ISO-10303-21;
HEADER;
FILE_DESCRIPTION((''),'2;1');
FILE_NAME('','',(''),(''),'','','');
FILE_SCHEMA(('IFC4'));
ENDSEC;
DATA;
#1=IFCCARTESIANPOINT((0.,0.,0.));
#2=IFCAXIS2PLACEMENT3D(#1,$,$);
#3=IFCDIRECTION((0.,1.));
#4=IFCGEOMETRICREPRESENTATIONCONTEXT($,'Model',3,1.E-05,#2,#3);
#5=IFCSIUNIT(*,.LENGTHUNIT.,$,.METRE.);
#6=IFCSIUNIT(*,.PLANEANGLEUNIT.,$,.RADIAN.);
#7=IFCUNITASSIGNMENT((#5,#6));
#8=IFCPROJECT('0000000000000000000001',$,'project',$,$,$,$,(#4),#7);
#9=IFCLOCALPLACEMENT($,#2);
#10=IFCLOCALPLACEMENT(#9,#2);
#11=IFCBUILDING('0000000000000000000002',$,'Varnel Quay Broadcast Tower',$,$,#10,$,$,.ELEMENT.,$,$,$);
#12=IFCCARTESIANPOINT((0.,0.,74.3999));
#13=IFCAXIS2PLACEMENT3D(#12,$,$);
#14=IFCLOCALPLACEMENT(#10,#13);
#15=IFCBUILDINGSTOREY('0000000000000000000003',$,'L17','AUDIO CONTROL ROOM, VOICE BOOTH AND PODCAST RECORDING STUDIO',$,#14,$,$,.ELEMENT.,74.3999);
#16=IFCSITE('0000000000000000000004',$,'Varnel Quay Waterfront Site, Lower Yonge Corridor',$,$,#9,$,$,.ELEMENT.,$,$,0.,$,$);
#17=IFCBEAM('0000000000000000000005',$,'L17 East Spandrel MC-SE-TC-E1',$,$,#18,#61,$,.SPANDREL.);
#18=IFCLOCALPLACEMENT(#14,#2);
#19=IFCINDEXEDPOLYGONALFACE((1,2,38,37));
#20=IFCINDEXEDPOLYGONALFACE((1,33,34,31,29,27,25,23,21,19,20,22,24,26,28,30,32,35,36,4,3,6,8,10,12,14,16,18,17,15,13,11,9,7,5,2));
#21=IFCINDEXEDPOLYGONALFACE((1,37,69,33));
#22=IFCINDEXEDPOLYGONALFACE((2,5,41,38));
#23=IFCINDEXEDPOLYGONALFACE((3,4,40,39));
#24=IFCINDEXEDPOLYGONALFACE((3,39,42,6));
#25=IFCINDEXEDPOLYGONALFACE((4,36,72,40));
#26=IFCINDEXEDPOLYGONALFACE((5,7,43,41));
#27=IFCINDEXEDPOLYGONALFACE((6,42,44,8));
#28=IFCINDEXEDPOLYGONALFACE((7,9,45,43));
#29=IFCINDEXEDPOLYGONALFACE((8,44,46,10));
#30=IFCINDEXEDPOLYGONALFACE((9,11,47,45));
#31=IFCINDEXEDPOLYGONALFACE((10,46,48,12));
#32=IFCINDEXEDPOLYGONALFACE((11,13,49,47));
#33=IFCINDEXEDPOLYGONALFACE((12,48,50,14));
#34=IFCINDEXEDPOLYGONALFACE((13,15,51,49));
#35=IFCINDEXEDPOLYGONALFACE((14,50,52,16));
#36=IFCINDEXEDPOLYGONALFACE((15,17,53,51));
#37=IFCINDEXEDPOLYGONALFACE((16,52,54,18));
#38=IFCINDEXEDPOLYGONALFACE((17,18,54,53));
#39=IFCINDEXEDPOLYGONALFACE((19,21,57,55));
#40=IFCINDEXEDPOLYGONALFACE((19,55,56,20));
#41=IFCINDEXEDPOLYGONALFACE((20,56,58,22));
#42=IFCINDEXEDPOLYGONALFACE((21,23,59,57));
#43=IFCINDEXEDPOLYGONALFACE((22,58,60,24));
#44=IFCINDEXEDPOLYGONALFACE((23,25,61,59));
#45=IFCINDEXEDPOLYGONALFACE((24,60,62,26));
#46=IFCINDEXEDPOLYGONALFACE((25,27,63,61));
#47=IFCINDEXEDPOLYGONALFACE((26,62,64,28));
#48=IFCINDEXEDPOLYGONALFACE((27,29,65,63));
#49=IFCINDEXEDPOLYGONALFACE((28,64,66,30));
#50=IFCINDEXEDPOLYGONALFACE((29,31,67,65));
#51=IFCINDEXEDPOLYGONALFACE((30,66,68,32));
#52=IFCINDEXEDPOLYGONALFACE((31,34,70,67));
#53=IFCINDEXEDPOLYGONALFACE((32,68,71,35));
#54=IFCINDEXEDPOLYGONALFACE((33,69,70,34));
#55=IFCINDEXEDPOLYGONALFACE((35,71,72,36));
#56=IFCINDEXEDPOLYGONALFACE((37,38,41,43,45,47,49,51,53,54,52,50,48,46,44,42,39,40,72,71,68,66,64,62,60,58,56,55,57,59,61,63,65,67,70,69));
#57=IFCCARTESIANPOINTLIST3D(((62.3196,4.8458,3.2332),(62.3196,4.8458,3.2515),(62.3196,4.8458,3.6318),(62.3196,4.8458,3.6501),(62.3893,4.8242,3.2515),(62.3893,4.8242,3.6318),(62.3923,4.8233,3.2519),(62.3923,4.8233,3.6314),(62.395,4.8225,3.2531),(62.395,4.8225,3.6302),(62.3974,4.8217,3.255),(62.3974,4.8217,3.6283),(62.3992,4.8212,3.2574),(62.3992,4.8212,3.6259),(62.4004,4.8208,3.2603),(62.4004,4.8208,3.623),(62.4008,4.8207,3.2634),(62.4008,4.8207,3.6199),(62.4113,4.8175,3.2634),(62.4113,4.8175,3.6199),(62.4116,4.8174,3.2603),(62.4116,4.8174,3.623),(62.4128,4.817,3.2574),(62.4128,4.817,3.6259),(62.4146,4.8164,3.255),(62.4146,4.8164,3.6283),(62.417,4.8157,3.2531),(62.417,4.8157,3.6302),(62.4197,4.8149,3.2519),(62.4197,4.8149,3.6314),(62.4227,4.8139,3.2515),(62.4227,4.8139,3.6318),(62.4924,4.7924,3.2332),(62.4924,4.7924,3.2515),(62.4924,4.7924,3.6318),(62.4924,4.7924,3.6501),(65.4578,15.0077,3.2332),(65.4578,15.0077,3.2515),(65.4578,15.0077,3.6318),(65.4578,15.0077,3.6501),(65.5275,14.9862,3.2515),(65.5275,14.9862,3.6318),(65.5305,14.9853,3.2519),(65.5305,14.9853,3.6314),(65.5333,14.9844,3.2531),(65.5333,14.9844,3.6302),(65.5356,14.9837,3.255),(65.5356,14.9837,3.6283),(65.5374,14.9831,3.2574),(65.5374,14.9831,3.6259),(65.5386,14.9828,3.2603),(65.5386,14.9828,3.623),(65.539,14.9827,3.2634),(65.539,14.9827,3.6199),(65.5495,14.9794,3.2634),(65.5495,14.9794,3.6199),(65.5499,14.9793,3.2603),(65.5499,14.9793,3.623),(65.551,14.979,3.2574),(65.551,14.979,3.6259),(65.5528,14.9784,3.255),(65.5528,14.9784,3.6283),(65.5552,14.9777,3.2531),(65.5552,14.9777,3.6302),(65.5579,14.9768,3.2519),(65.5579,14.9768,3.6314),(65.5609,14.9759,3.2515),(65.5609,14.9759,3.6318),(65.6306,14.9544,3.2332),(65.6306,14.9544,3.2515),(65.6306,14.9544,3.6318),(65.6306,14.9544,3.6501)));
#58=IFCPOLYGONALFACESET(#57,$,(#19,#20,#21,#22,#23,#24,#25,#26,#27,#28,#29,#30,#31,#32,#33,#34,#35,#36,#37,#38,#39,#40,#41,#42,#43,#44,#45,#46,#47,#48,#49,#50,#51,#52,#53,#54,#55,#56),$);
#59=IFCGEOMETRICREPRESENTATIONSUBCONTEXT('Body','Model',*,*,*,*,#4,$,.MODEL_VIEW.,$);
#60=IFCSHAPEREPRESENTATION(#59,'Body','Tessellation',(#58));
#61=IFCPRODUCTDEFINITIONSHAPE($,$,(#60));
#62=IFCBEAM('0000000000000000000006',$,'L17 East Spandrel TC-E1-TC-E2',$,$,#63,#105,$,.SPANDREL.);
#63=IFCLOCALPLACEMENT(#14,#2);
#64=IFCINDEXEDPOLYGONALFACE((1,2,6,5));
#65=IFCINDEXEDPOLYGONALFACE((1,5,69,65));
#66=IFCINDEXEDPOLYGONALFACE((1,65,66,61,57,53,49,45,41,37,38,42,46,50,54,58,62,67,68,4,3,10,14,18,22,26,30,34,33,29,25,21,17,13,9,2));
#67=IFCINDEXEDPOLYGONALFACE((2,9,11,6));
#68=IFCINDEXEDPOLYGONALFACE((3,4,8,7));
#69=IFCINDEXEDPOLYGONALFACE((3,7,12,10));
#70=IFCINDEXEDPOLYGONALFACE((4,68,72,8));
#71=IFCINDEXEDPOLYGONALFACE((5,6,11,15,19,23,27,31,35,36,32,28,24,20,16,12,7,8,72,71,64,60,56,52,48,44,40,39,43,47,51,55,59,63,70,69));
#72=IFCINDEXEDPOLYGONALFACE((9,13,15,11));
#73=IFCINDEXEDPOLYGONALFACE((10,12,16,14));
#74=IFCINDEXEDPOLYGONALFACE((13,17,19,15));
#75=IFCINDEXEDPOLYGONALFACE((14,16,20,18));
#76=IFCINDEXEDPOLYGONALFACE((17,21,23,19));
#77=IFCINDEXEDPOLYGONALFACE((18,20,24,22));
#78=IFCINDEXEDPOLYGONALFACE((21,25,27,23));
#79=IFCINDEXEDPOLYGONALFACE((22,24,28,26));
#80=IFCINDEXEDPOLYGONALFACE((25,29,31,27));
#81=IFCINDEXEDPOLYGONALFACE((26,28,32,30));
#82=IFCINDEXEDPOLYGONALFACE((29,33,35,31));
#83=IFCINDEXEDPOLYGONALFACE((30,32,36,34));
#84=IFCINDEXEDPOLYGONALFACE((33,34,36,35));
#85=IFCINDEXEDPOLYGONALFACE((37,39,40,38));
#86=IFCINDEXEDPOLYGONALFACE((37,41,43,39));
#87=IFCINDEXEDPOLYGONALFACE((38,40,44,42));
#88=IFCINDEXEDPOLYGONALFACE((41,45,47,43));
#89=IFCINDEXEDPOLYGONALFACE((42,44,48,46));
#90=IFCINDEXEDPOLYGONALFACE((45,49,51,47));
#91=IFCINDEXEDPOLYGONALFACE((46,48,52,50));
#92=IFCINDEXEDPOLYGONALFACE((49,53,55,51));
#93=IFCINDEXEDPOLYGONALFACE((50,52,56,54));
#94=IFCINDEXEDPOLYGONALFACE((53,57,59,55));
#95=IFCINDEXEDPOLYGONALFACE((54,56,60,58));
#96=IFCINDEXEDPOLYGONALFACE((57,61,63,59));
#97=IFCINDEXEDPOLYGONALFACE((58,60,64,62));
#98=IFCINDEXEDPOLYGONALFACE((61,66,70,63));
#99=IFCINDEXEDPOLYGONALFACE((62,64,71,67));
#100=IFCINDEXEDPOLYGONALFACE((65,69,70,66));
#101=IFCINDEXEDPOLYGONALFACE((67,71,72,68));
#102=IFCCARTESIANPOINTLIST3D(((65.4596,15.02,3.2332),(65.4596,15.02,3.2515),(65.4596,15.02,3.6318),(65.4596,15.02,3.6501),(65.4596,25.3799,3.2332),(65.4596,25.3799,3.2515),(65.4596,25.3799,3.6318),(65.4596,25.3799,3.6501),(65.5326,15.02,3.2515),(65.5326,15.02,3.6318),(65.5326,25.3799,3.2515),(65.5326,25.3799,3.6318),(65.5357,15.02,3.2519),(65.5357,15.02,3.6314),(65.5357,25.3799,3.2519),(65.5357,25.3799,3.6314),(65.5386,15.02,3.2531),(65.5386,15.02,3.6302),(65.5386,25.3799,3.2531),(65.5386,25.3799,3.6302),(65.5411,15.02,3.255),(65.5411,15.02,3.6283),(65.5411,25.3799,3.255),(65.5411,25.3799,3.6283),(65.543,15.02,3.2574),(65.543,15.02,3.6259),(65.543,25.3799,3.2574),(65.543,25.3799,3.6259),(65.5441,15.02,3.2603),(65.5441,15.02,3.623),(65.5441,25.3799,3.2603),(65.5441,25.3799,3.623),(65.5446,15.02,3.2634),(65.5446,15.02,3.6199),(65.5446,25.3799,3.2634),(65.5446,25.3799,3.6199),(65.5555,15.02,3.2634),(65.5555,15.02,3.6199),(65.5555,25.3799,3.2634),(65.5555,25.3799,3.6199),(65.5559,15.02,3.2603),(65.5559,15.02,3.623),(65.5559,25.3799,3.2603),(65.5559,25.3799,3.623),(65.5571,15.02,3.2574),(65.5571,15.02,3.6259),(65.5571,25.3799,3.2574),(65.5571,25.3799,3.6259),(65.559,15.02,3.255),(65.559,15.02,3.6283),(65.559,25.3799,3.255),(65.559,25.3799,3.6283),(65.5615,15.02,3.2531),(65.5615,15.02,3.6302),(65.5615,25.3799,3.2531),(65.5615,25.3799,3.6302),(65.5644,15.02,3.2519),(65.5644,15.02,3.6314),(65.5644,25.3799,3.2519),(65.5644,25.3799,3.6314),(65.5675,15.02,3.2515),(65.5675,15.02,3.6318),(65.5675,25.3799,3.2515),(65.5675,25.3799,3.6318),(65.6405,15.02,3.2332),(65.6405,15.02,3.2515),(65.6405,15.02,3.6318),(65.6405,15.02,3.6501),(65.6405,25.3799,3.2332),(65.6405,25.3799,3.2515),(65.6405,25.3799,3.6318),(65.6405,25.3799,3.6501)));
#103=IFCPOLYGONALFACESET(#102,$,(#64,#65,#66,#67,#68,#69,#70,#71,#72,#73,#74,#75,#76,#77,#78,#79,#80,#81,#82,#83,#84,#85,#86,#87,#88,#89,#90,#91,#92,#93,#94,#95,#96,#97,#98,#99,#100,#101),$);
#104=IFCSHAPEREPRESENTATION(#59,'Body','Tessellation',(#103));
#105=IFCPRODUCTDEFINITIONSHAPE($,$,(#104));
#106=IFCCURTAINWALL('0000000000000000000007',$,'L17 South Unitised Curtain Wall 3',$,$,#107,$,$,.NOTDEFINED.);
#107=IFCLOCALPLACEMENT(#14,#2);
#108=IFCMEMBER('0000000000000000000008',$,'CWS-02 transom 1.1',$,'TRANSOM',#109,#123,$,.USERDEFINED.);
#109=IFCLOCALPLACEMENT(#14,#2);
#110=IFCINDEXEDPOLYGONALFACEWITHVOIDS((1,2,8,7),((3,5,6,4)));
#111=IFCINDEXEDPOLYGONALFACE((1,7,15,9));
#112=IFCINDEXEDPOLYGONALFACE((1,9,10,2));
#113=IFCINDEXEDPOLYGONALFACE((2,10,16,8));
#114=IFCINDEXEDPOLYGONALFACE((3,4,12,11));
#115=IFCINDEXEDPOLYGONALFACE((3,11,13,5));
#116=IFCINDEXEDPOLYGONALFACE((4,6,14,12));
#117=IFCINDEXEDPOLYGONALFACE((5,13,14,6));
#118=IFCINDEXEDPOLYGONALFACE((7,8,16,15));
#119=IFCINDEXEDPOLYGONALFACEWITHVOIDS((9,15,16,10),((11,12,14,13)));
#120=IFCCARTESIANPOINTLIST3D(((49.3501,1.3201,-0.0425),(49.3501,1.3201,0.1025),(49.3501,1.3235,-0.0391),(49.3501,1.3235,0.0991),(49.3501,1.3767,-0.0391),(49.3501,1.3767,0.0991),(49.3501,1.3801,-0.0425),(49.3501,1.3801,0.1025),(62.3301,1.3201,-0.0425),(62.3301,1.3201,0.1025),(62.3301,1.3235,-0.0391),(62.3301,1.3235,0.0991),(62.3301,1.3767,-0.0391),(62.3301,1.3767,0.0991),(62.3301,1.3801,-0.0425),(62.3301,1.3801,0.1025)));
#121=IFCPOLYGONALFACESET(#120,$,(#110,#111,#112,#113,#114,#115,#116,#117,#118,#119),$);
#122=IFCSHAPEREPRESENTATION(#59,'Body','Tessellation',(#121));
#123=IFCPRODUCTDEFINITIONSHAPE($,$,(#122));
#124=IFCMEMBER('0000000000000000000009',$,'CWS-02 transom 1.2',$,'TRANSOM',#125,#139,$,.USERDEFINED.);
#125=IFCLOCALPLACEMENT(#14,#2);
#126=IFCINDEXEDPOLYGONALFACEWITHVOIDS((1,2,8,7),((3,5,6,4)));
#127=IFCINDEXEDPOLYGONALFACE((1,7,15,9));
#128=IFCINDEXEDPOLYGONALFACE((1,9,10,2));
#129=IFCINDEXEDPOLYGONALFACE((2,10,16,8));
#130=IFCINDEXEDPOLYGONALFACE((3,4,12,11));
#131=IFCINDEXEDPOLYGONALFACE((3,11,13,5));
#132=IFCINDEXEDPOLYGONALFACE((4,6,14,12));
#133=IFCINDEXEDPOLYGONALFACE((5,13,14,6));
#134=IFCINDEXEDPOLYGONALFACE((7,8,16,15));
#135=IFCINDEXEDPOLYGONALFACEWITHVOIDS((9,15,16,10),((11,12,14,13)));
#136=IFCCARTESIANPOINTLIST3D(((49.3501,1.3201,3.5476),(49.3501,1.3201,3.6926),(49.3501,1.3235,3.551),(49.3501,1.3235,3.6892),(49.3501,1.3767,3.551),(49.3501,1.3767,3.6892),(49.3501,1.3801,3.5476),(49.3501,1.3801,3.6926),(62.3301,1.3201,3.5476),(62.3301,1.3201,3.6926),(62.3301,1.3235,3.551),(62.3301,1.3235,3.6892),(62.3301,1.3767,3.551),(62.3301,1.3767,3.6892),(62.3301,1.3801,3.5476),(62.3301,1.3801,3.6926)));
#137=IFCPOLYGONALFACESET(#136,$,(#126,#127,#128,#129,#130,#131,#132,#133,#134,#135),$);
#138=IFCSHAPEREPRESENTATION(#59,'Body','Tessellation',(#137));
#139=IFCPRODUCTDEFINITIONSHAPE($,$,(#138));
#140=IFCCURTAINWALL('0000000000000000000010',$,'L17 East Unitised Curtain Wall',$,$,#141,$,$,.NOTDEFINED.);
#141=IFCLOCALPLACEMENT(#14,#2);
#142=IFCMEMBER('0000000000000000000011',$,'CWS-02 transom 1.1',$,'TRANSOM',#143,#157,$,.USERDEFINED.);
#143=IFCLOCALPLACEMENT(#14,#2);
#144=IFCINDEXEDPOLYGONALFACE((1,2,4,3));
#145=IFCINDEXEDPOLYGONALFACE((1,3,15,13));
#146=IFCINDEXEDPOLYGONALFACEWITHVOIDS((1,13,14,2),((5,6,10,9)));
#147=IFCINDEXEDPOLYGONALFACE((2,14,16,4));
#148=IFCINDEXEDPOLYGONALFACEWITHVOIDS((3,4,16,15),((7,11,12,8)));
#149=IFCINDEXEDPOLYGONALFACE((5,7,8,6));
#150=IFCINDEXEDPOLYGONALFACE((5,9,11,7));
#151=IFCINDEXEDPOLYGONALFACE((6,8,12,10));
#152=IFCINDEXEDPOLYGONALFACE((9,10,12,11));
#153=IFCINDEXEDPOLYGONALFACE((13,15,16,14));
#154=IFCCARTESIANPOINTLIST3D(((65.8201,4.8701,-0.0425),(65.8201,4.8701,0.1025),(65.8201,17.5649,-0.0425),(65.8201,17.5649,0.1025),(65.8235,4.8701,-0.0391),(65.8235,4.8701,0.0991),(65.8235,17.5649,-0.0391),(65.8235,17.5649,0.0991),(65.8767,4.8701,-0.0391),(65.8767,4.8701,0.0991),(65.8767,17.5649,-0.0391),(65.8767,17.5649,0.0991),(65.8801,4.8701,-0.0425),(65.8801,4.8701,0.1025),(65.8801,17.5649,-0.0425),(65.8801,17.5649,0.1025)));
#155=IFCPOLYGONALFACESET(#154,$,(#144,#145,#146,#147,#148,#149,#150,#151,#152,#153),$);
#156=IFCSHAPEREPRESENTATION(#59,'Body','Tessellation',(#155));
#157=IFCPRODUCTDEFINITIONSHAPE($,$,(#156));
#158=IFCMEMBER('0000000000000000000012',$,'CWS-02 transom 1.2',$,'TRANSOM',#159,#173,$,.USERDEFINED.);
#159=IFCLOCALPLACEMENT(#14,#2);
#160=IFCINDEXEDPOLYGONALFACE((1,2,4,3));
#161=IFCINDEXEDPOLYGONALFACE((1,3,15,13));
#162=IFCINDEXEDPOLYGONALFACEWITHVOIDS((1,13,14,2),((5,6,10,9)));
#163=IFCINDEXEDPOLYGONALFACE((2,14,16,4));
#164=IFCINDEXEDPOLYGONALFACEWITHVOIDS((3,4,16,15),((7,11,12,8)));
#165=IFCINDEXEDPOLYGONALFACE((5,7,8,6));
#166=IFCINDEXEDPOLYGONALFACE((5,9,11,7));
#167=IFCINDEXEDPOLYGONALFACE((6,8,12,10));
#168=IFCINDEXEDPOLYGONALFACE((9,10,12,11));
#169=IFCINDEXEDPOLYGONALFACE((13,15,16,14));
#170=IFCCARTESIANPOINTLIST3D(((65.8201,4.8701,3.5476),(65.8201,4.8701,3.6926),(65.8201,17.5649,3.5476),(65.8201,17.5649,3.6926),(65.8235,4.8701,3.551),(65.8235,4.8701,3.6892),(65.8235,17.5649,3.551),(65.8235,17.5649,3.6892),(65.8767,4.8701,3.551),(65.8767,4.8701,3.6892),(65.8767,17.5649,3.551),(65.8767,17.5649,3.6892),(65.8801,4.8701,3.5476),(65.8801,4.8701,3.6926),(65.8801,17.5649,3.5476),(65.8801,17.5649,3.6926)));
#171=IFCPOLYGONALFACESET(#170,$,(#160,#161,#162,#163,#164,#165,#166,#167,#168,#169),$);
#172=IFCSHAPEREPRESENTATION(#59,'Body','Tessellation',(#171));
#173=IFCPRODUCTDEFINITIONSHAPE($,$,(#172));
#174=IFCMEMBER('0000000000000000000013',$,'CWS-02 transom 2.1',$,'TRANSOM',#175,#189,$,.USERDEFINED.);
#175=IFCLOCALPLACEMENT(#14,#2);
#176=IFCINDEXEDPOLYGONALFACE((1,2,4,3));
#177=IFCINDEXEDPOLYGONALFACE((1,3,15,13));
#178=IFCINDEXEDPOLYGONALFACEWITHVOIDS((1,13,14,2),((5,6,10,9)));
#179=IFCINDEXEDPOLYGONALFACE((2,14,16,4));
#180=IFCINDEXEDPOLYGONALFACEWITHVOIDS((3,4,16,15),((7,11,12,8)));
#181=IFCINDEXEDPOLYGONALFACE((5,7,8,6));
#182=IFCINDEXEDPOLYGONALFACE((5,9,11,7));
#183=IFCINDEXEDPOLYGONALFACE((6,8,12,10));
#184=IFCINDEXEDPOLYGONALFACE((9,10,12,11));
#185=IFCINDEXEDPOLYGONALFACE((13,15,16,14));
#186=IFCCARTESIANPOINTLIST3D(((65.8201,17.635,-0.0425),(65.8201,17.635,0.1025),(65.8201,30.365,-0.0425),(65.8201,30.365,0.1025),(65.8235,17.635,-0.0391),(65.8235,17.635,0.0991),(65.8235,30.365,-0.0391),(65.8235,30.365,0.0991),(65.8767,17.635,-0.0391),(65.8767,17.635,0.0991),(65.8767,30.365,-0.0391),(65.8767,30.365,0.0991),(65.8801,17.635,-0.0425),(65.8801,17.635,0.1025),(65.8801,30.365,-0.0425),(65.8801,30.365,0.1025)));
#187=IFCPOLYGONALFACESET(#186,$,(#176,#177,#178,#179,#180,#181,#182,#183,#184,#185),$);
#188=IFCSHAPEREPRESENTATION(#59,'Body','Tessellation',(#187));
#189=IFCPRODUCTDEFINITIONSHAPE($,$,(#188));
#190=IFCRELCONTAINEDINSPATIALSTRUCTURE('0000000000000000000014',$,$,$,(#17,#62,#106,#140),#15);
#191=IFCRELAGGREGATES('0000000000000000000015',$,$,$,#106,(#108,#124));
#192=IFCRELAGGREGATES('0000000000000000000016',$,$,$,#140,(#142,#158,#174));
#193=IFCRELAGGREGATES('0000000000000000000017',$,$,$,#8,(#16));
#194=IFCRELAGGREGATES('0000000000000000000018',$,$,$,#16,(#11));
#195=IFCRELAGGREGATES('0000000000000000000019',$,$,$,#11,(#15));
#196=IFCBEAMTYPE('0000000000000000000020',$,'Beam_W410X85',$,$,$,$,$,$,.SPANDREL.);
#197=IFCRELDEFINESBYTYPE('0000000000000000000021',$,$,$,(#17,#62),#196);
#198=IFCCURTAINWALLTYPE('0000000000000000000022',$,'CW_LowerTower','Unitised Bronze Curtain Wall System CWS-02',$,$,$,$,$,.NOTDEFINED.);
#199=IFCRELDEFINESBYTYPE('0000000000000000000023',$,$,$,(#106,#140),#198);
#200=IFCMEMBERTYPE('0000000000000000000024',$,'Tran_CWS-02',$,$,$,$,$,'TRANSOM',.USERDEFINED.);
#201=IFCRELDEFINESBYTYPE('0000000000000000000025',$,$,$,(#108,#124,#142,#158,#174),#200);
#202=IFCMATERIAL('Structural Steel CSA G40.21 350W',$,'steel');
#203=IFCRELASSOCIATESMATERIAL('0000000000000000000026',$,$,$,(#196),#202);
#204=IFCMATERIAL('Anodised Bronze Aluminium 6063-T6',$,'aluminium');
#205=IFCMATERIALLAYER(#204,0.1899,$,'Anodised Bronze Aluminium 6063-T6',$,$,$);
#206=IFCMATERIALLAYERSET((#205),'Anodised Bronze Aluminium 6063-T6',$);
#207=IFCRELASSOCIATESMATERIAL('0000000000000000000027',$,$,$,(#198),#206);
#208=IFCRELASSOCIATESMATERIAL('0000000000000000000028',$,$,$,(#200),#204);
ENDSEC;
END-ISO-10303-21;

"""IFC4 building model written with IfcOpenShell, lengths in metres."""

from ifc_helpers import new_model, si_unit, direction, frame, origin, origin_2d, place, context, subcontext, project, spatial, hollow_rectangle, i_section, extrude, source, transform, mapped, material, layer, layer_set, material_profile, profile_set, type_object, type_shapes, element, aggregate, save


model = new_model("IFC4")

# Units and contexts
model_context = context("Model", 3, precision=1e-05, world=origin(), true_north=direction((0.0, 1.0)))
body_context = subcontext(model_context, "Body", "Model", "MODEL_VIEW")
ifc_project = project(units=[si_unit("LENGTHUNIT", "METRE"), si_unit("PLANEANGLEUNIT", "RADIAN")], contexts=[model_context])

# Site, building, storey
site_placement = place(None, origin())
site = spatial("IfcSite", under=ifc_project, at=site_placement, Name="Varnel Quay Waterfront Site, Lower Yonge Corridor", CompositionType="ELEMENT", RefElevation=0.0)
building_placement = place(site_placement, origin())
building = spatial("IfcBuilding", under=site, at=building_placement, Name="Varnel Quay Broadcast Tower", CompositionType="ELEMENT")
storey_placement = place(building_placement, frame((0.0, 0.0, 74.3999)))
storey = spatial("IfcBuildingStorey", under=building, at=storey_placement, Name="L17", Description="AUDIO CONTROL ROOM, VOICE BOOTH AND PODCAST RECORDING STUDIO", CompositionType="ELEMENT", Elevation=74.3999)

# Shared definitions
ifc_material_1 = material(Name="Structural Steel CSA G40.21 350W", Category="steel")

# Beams
ifc_material_profile_1 = material_profile(ifc_material_1, i_section(OverallWidth=0.1809, OverallDepth=0.417, WebThickness=0.011, FlangeThickness=0.0183, FilletRadius=0.012, at=origin_2d()), Name="W410X85")
ifc_profile_set_1 = profile_set([ifc_material_profile_1], Name="Structural Steel CSA G40.21 350W")
beam_type = type_object("IfcBeamType", Name="Beam_W410X85", PredefinedType="SPANDREL", material=ifc_profile_set_1)
shared_shape_1 = source(origin(), body_context, "Body", "SweptSolid", [
    extrude(i_section(OverallWidth=0.1809, OverallDepth=0.417, WebThickness=0.011, FlangeThickness=0.0183, FilletRadius=0.012, at=origin_2d()), origin(), (0.0, 0.0, 1.0), 10.6355),
])
beam_1_placement = place(storey_placement, frame((62.406, 4.8191, 3.4417), z_axis=(0.29507, 0.955476, 0.0), x_axis=(-0.955476, 0.29507, 0.0)))
element("IfcBeam", 1, at=beam_1_placement, inside=storey, type_object=beam_type, Name="L17 East Spandrel MC-SE-TC-E1", PredefinedType="SPANDREL", context=body_context, shape_type="MappedRepresentation", body=[
    mapped(shared_shape_1, transform((0.0, 0.0, 0.0), x_axis=(1.0, 0.0, 0.0), y_axis=(0.0, 1.0, 0.0), z_axis=(0.0, 0.0, 1.0), scale=1.0)),
])
shared_shape_2 = source(origin(), body_context, "Body", "SweptSolid", [
    extrude(i_section(OverallWidth=0.1809, OverallDepth=0.417, WebThickness=0.011, FlangeThickness=0.0183, FilletRadius=0.012, at=origin_2d()), origin(), (0.0, 0.0, 1.0), 10.3599),
])
beam_2_placement = place(storey_placement, frame((65.55, 15.02, 3.4417), z_axis=(0.0, 1.0, 0.0), x_axis=(-1.0, 0.0, 0.0)))
element("IfcBeam", 2, at=beam_2_placement, inside=storey, type_object=beam_type, Name="L17 East Spandrel TC-E1-TC-E2", PredefinedType="SPANDREL", context=body_context, shape_type="MappedRepresentation", body=[
    mapped(shared_shape_2, transform((0.0, 0.0, 0.0), x_axis=(1.0, 0.0, 0.0), y_axis=(0.0, 1.0, 0.0), z_axis=(0.0, 0.0, 1.0), scale=1.0)),
])

# Curtain walls, members
ifc_material_2 = material(Name="Anodised Bronze Aluminium 6063-T6", Category="aluminium")
ifc_layer_1 = layer(ifc_material_2, 0.1899, Name="Anodised Bronze Aluminium 6063-T6")
ifc_layer_set_1 = layer_set([ifc_layer_1], Name="Anodised Bronze Aluminium 6063-T6")
curtain_wall_type_1 = type_object("IfcCurtainWallType", Name="CW_LowerTower", Description="Unitised Bronze Curtain Wall System CWS-02", PredefinedType="NOTDEFINED", material=ifc_layer_set_1)
curtain_wall_1_placement = place(storey_placement, origin())
curtain_wall_1 = element("IfcCurtainWall", 3, at=curtain_wall_1_placement, inside=storey, type_object=curtain_wall_type_1, Name="L17 South Unitised Curtain Wall 3", PredefinedType="NOTDEFINED")
ifc_material_profile_2 = material_profile(ifc_material_2, hollow_rectangle(XDim=0.0601, YDim=0.145, WallThickness=0.0034, at=origin_2d()), Name="ALU60X145X3.5")
ifc_profile_set_2 = profile_set([ifc_material_profile_2], Name="Anodised Bronze Aluminium 6063-T6")
member_type_1 = type_object("IfcMemberType", Name="Tran_CWS-02", ElementType="TRANSOM", PredefinedType="USERDEFINED", material=ifc_profile_set_2)
shared_shape_3 = source(origin(), body_context, "Body", "SweptSolid", [
    extrude(hollow_rectangle(XDim=0.0601, YDim=0.145, WallThickness=0.0034, at=origin_2d()), origin(), (0.0, 0.0, 1.0), 12.98),
])
member_1_placement = place(storey_placement, frame((49.3501, 1.3501, 0.03), z_axis=(1.0, 0.0, 0.0), x_axis=(0.0, 1.0, 0.0)))
member_1 = element("IfcMember", 4, at=member_1_placement, type_object=member_type_1, Name="CWS-02 transom 1.1", ObjectType="TRANSOM", PredefinedType="USERDEFINED", context=body_context, shape_type="MappedRepresentation", body=[
    mapped(shared_shape_3, transform((0.0, 0.0, 0.0), x_axis=(1.0, 0.0, 0.0), y_axis=(0.0, 1.0, 0.0), z_axis=(0.0, 0.0, 1.0), scale=1.0)),
])
member_2_placement = place(storey_placement, frame((49.3501, 1.3501, 3.6201), z_axis=(1.0, 0.0, 0.0), x_axis=(0.0, 1.0, 0.0)))
member_2 = element("IfcMember", 5, at=member_2_placement, type_object=member_type_1, Name="CWS-02 transom 1.2", ObjectType="TRANSOM", PredefinedType="USERDEFINED", context=body_context, shape_type="MappedRepresentation", body=[
    mapped(shared_shape_3, transform((0.0, 0.0, 0.0), x_axis=(1.0, 0.0, 0.0), y_axis=(0.0, 1.0, 0.0), z_axis=(0.0, 0.0, 1.0), scale=1.0)),
])
curtain_wall_2_placement = place(storey_placement, origin())
curtain_wall_2 = element("IfcCurtainWall", 6, at=curtain_wall_2_placement, inside=storey, type_object=curtain_wall_type_1, Name="L17 East Unitised Curtain Wall", PredefinedType="NOTDEFINED")
shared_shape_4 = source(origin(), body_context, "Body", "SweptSolid", [
    extrude(hollow_rectangle(XDim=0.0601, YDim=0.145, WallThickness=0.0034, at=origin_2d()), origin(), (0.0, 0.0, 1.0), 12.6948),
])
member_3_placement = place(storey_placement, frame((65.8501, 4.8701, 0.03), z_axis=(0.0, 1.0, 0.0), x_axis=(-1.0, 0.0, 0.0)))
member_3 = element("IfcMember", 7, at=member_3_placement, type_object=member_type_1, Name="CWS-02 transom 1.1", ObjectType="TRANSOM", PredefinedType="USERDEFINED", context=body_context, shape_type="MappedRepresentation", body=[
    mapped(shared_shape_4, transform((0.0, 0.0, 0.0), x_axis=(1.0, 0.0, 0.0), y_axis=(0.0, 1.0, 0.0), z_axis=(0.0, 0.0, 1.0), scale=1.0)),
])
member_4_placement = place(storey_placement, frame((65.8501, 4.8701, 3.6201), z_axis=(0.0, 1.0, 0.0), x_axis=(-1.0, 0.0, 0.0)))
member_4 = element("IfcMember", 8, at=member_4_placement, type_object=member_type_1, Name="CWS-02 transom 1.2", ObjectType="TRANSOM", PredefinedType="USERDEFINED", context=body_context, shape_type="MappedRepresentation", body=[
    mapped(shared_shape_4, transform((0.0, 0.0, 0.0), x_axis=(1.0, 0.0, 0.0), y_axis=(0.0, 1.0, 0.0), z_axis=(0.0, 0.0, 1.0), scale=1.0)),
])
shared_shape_5 = source(origin(), body_context, "Body", "SweptSolid", [
    extrude(hollow_rectangle(XDim=0.0601, YDim=0.145, WallThickness=0.0034, at=origin_2d()), origin(), (0.0, 0.0, 1.0), 12.73),
])
type_shapes(member_type_1, [shared_shape_3, shared_shape_4, shared_shape_5])
member_5_placement = place(storey_placement, frame((65.8501, 17.635, 0.03), z_axis=(0.0, 1.0, 0.0), x_axis=(-1.0, 0.0, 0.0)))
member_5 = element("IfcMember", 9, at=member_5_placement, type_object=member_type_1, Name="CWS-02 transom 2.1", ObjectType="TRANSOM", PredefinedType="USERDEFINED", context=body_context, shape_type="MappedRepresentation", body=[
    mapped(shared_shape_5, transform((0.0, 0.0, 0.0), x_axis=(1.0, 0.0, 0.0), y_axis=(0.0, 1.0, 0.0), z_axis=(0.0, 0.0, 1.0), scale=1.0)),
])

aggregate(curtain_wall_1, [member_1, member_2])
aggregate(curtain_wall_2, [member_3, member_4, member_5])

save(model, "model.ifc")
